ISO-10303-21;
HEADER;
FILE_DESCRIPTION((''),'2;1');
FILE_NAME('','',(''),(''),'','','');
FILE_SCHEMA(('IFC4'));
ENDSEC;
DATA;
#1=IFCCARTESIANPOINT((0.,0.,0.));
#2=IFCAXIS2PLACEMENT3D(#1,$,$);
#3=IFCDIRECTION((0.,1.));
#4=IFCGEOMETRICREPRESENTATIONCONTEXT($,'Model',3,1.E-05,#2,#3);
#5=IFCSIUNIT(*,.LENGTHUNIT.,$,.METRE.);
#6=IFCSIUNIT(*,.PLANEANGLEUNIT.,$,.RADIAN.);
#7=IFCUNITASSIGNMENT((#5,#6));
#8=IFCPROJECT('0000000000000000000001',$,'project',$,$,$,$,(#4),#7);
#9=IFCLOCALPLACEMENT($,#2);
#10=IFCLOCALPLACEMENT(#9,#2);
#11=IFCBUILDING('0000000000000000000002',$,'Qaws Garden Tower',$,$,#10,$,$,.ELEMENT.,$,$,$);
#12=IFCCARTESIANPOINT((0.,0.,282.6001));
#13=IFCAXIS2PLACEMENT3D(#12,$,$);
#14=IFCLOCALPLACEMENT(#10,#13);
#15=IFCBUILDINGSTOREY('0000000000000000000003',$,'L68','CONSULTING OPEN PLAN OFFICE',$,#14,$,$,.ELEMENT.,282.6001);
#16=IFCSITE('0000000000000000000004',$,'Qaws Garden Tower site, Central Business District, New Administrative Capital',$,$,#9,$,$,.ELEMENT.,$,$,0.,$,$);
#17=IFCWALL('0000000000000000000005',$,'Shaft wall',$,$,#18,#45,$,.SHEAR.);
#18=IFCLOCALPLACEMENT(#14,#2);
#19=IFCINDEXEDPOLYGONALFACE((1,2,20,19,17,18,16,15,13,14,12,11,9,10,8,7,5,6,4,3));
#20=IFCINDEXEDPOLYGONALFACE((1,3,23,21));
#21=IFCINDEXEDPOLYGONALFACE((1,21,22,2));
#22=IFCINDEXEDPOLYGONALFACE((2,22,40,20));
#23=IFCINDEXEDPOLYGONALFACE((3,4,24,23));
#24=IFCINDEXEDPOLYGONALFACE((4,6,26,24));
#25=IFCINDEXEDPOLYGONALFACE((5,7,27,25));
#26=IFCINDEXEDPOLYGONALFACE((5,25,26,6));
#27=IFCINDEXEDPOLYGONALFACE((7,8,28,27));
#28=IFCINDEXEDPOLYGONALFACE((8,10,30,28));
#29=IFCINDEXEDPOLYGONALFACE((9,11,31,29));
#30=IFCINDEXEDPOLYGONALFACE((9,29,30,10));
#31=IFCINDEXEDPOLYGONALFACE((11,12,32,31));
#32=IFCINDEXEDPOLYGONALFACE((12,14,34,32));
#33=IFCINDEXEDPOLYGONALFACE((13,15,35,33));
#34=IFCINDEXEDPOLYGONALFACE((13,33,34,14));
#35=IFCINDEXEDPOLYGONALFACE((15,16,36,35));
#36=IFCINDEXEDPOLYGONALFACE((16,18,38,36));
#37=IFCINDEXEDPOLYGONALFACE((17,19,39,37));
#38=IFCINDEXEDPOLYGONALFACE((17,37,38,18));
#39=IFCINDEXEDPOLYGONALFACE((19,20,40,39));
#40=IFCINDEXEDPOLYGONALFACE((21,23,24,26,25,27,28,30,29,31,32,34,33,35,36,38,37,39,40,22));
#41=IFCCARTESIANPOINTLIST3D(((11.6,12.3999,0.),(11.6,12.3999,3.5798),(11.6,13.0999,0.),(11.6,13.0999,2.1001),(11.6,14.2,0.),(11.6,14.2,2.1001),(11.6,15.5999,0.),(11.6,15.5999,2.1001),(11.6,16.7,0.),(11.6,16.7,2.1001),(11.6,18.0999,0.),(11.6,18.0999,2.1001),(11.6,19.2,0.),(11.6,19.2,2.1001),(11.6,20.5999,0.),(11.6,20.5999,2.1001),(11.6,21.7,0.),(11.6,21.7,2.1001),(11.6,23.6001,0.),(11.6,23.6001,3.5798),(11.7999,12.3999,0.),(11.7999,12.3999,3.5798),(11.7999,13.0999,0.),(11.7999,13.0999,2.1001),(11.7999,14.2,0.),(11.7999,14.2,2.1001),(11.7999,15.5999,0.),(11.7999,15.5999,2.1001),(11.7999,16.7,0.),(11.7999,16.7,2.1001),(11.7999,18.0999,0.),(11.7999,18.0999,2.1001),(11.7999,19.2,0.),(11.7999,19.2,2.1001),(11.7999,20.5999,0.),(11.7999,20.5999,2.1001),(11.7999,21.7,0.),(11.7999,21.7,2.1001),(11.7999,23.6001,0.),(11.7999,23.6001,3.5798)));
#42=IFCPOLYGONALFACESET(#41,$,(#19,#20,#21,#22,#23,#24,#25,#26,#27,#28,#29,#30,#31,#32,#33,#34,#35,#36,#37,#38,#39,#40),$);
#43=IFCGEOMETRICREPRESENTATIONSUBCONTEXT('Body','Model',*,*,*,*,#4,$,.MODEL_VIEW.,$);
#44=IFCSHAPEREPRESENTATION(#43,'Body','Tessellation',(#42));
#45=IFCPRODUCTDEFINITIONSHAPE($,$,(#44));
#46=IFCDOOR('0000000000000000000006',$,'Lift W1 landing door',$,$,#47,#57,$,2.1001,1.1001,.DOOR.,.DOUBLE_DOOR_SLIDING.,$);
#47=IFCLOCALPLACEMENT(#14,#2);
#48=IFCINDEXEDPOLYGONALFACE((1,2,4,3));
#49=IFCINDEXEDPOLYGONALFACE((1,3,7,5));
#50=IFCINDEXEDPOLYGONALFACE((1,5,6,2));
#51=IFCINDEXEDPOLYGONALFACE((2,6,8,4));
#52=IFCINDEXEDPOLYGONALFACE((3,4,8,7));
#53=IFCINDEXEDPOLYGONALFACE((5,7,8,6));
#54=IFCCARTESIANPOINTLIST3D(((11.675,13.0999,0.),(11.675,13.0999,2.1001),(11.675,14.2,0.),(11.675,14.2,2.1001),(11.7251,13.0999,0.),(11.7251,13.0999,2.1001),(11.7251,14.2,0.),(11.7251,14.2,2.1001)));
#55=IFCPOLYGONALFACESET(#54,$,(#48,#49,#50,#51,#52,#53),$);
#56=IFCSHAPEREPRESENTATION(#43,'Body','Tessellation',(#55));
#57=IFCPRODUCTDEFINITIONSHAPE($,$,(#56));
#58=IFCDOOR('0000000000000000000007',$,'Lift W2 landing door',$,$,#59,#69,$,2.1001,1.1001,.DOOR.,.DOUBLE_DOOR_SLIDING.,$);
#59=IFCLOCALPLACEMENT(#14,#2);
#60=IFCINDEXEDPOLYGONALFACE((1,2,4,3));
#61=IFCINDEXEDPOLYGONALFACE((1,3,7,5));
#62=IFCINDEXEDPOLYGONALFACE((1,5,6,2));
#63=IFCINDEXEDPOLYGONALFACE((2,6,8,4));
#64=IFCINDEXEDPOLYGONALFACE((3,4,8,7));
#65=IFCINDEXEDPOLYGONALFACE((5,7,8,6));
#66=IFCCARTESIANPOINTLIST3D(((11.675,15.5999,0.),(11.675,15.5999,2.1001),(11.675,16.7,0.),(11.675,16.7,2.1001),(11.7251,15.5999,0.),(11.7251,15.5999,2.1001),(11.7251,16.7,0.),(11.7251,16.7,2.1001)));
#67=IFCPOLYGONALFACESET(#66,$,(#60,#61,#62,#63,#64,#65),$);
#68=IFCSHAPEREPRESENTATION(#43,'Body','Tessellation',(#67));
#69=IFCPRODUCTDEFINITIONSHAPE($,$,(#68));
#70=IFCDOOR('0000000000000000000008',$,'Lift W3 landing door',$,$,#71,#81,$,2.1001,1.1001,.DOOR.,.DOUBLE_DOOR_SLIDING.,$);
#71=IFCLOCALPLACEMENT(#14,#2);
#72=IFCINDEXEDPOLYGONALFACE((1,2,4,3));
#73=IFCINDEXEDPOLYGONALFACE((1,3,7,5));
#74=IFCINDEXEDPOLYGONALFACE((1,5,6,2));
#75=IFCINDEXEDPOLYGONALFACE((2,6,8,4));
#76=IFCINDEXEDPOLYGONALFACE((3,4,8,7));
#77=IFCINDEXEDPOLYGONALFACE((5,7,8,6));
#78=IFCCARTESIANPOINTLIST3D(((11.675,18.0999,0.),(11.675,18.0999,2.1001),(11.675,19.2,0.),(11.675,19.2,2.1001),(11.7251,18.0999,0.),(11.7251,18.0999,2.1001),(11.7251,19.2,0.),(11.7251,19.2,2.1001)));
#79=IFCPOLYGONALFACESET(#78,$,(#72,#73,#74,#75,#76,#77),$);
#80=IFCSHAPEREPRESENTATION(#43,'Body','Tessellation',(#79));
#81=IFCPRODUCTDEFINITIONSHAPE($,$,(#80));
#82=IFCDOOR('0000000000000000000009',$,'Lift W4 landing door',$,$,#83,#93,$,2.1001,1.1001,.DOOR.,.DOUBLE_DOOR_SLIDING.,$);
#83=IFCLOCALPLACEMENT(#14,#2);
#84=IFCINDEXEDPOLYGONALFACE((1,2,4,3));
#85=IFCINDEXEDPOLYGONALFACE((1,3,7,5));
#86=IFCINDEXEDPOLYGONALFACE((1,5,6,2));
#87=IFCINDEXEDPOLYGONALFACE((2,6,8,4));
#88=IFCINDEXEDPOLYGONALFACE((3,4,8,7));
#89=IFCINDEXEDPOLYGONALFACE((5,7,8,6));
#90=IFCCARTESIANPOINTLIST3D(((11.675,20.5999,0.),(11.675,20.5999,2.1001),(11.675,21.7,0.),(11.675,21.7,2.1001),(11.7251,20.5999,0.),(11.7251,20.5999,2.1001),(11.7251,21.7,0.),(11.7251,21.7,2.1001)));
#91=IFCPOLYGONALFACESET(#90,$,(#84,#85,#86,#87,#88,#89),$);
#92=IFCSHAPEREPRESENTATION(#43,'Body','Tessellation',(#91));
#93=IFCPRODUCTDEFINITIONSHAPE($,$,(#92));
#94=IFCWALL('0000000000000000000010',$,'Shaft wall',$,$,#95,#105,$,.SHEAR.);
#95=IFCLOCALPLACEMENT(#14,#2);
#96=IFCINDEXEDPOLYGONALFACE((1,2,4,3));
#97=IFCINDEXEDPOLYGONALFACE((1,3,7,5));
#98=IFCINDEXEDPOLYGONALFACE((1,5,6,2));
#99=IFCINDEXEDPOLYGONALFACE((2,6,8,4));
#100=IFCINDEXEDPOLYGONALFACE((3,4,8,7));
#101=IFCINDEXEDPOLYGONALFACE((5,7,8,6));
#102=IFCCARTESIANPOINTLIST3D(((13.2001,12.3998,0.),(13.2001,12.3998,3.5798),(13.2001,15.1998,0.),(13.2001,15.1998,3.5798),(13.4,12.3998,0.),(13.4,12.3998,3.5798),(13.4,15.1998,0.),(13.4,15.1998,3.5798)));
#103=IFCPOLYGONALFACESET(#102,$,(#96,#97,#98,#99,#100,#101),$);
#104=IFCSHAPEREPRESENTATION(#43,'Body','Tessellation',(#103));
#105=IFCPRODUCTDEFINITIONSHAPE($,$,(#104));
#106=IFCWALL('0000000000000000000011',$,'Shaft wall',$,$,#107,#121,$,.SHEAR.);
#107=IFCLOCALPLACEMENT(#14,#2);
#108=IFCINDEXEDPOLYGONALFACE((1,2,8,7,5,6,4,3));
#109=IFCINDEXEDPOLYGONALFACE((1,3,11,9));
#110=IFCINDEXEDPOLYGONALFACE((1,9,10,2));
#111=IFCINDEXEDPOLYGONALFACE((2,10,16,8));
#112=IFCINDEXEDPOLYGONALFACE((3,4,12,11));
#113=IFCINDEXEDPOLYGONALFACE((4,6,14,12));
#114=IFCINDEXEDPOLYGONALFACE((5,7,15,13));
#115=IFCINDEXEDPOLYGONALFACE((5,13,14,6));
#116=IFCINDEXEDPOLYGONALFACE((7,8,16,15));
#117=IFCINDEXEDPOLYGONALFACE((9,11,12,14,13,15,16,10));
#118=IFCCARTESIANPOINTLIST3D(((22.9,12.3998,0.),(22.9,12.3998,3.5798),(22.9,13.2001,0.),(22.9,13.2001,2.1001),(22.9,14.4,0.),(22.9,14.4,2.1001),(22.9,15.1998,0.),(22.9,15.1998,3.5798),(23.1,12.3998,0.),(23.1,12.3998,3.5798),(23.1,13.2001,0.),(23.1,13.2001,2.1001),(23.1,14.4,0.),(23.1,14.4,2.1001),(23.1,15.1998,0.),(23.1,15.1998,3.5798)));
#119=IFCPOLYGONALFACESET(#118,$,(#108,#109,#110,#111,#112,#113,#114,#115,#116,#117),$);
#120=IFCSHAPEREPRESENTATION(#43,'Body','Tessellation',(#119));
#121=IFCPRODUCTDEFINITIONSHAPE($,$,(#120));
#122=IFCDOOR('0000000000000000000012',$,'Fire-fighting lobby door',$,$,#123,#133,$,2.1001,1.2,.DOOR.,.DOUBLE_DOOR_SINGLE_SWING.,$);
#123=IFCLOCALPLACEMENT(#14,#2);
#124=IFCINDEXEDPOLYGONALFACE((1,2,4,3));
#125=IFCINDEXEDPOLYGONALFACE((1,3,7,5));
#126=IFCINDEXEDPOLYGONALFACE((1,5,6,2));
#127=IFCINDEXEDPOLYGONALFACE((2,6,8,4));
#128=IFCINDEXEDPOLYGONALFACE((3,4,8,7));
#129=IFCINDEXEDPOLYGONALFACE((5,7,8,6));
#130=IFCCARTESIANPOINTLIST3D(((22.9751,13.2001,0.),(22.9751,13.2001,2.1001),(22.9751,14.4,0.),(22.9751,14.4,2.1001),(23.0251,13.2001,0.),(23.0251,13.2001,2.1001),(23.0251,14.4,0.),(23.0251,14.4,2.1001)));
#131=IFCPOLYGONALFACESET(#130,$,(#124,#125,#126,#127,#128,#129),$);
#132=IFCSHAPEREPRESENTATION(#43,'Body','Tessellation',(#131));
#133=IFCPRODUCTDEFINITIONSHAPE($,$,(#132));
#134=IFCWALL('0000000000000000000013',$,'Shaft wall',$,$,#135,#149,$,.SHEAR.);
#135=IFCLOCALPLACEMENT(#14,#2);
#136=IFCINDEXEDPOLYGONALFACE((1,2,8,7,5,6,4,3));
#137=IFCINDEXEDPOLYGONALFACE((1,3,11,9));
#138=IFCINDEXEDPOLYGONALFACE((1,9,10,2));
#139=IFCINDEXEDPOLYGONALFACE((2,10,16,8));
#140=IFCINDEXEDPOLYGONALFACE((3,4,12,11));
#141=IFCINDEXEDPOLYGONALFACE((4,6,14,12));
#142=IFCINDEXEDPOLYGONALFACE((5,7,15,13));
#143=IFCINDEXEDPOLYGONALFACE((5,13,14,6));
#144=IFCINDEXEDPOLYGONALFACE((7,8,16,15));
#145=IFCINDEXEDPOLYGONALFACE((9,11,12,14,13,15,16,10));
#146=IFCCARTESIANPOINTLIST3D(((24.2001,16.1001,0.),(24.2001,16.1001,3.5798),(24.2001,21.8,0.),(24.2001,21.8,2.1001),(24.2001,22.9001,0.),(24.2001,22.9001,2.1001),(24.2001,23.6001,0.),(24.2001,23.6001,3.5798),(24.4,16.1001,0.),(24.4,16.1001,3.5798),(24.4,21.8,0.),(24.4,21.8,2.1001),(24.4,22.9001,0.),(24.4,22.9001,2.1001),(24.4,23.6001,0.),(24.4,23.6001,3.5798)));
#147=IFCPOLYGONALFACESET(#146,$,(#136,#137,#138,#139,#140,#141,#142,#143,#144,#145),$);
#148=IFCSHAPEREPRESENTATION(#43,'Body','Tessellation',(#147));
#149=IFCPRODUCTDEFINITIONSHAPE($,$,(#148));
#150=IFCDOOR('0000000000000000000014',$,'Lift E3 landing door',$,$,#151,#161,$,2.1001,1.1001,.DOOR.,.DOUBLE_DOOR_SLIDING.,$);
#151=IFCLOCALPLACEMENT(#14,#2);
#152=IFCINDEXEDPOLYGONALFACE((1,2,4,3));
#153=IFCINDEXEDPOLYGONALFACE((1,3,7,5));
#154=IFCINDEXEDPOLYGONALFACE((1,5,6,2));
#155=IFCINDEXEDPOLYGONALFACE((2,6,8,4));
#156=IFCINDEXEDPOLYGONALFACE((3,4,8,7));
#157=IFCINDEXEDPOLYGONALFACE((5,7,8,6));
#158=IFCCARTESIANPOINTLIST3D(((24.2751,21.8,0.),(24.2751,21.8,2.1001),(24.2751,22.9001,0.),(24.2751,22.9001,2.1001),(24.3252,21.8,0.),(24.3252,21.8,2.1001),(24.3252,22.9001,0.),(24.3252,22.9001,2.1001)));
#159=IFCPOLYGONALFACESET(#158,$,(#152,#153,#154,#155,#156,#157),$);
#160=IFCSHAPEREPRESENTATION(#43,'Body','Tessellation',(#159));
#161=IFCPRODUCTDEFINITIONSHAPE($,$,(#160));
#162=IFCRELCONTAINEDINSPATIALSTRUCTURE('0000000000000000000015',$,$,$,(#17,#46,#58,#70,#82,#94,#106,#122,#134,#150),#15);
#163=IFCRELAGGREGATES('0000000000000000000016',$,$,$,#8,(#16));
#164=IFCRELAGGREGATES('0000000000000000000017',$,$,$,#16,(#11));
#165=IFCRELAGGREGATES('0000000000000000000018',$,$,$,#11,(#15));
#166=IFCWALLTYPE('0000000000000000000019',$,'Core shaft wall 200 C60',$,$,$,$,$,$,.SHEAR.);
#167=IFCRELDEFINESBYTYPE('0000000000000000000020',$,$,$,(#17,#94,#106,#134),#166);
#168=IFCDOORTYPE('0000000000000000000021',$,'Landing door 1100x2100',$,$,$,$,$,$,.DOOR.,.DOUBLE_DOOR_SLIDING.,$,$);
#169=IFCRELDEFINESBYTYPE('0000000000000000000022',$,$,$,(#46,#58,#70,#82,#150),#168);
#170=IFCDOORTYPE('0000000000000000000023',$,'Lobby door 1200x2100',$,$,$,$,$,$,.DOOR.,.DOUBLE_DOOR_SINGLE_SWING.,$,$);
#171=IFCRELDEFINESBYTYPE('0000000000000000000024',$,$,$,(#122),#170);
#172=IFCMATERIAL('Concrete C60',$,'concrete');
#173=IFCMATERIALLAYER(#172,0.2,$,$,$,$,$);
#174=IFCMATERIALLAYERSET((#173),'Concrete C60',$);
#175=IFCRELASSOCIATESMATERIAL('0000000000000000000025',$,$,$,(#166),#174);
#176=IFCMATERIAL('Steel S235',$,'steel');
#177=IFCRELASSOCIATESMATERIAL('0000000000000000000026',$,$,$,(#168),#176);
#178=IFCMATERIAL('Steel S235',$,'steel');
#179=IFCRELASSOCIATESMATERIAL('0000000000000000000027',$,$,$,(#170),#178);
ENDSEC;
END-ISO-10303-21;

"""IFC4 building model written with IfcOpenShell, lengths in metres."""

from ifc_helpers import new_model, si_unit, direction, frame, frame_2d, origin, place, context, subcontext, project, spatial, rectangle, extrude, material, layer, layer_set, type_object, element, fill, save


model = new_model("IFC4")

# Units and contexts
model_context = context("Model", 3, precision=1e-05, world=origin(), true_north=direction((0.0, 1.0)))
body_context = subcontext(model_context, "Body", "Model", "MODEL_VIEW")
ifc_project = project(units=[si_unit("LENGTHUNIT", "METRE"), si_unit("PLANEANGLEUNIT", "RADIAN")], contexts=[model_context])

# Site, building, storey
site_placement = place(None, origin())
site = spatial("IfcSite", under=ifc_project, at=site_placement, Name="Qaws Garden Tower site, Central Business District, New Administrative Capital", CompositionType="ELEMENT", RefElevation=0.0)
building_placement = place(site_placement, origin())
building = spatial("IfcBuilding", under=site, at=building_placement, Name="Qaws Garden Tower", CompositionType="ELEMENT")
storey_placement = place(building_placement, frame((0.0, 0.0, 282.6001)))
storey = spatial("IfcBuildingStorey", under=building, at=storey_placement, Name="L68", Description="CONSULTING OPEN PLAN OFFICE", CompositionType="ELEMENT", Elevation=282.6001)

# Shared definitions
ifc_material_1 = material(Name="Concrete C60", Category="concrete")
ifc_layer_1 = layer(ifc_material_1, 0.2)
ifc_layer_set_1 = layer_set([ifc_layer_1], Name="Concrete C60")
wall_type_1 = type_object("IfcWallType", Name="Core shaft wall 200 C60", PredefinedType="SHEAR", material=ifc_layer_set_1)
ifc_material_2 = material(Name="Steel S235", Category="steel")
door_type_1 = type_object("IfcDoorType", Name="Landing door 1100x2100", OperationType="DOUBLE_DOOR_SLIDING", PredefinedType="DOOR", material=ifc_material_2)

# Wall, openings, doors
wall_1_placement = place(storey_placement, frame((11.7, 12.3999, 0.0), z_axis=(0.0, 0.0, 1.0), x_axis=(0.0, 1.0, 0.0)))
wall_1 = element("IfcWall", 1, at=wall_1_placement, inside=storey, type_object=wall_type_1, Name="Shaft wall", PredefinedType="SHEAR", context=body_context, shape_type="SweptSolid", body=[
    extrude(rectangle(XDim=11.2002, YDim=0.2, at=frame_2d((5.6001, 0.0))), origin(), (0.0, 0.0, 1.0), 3.5798),
])
opening_1_placement = place(wall_1_placement, frame((0.7, 0.0, 0.0)))
opening_1 = element("IfcOpeningElement", 2, at=opening_1_placement, cuts=wall_1, PredefinedType="OPENING", context=body_context, shape_type="SweptSolid", body=[
    extrude(rectangle(XDim=1.1001, YDim=2.1001, at=frame_2d((0.55, 1.05))), frame((0.0, 0.1099, 0.0), z_axis=(0.0, -1.0, 0.0), x_axis=(1.0, 0.0, 0.0)), (0.0, 0.0, 1.0), 0.22),
])
opening_2_placement = place(wall_1_placement, frame((3.2, 0.0, 0.0)))
opening_2 = element("IfcOpeningElement", 3, at=opening_2_placement, cuts=wall_1, PredefinedType="OPENING", context=body_context, shape_type="SweptSolid", body=[
    extrude(rectangle(XDim=1.1001, YDim=2.1001, at=frame_2d((0.55, 1.05))), frame((0.0, 0.1099, 0.0), z_axis=(0.0, -1.0, 0.0), x_axis=(1.0, 0.0, 0.0)), (0.0, 0.0, 1.0), 0.22),
])
opening_3_placement = place(wall_1_placement, frame((5.7, 0.0, 0.0)))
opening_3 = element("IfcOpeningElement", 4, at=opening_3_placement, cuts=wall_1, PredefinedType="OPENING", context=body_context, shape_type="SweptSolid", body=[
    extrude(rectangle(XDim=1.1001, YDim=2.1001, at=frame_2d((0.55, 1.05))), frame((0.0, 0.1099, 0.0), z_axis=(0.0, -1.0, 0.0), x_axis=(1.0, 0.0, 0.0)), (0.0, 0.0, 1.0), 0.22),
])
opening_4_placement = place(wall_1_placement, frame((8.2, 0.0, 0.0)))
opening_4 = element("IfcOpeningElement", 5, at=opening_4_placement, cuts=wall_1, PredefinedType="OPENING", context=body_context, shape_type="SweptSolid", body=[
    extrude(rectangle(XDim=1.1001, YDim=2.1001, at=frame_2d((0.55, 1.05))), frame((0.0, 0.1099, 0.0), z_axis=(0.0, -1.0, 0.0), x_axis=(1.0, 0.0, 0.0)), (0.0, 0.0, 1.0), 0.22),
])
door_1_placement = place(opening_1_placement, origin())
door_1 = element("IfcDoor", 6, at=door_1_placement, inside=storey, type_object=door_type_1, Name="Lift W1 landing door", OperationType="DOUBLE_DOOR_SLIDING", OverallHeight=2.1001, OverallWidth=1.1001, PredefinedType="DOOR", context=body_context, shape_type="SweptSolid", body=[
    extrude(rectangle(XDim=1.1001, YDim=2.1001, at=frame_2d((0.55, 1.05))), frame((0.0, 0.0249, 0.0), z_axis=(0.0, -1.0, 0.0), x_axis=(1.0, 0.0, 0.0)), (0.0, 0.0, 1.0), 0.05),
])
fill(opening_1, door_1)
door_2_placement = place(opening_2_placement, origin())
door_2 = element("IfcDoor", 7, at=door_2_placement, inside=storey, type_object=door_type_1, Name="Lift W2 landing door", OperationType="DOUBLE_DOOR_SLIDING", OverallHeight=2.1001, OverallWidth=1.1001, PredefinedType="DOOR", context=body_context, shape_type="SweptSolid", body=[
    extrude(rectangle(XDim=1.1001, YDim=2.1001, at=frame_2d((0.55, 1.05))), frame((0.0, 0.0249, 0.0), z_axis=(0.0, -1.0, 0.0), x_axis=(1.0, 0.0, 0.0)), (0.0, 0.0, 1.0), 0.05),
])
fill(opening_2, door_2)
door_3_placement = place(opening_3_placement, origin())
door_3 = element("IfcDoor", 8, at=door_3_placement, inside=storey, type_object=door_type_1, Name="Lift W3 landing door", OperationType="DOUBLE_DOOR_SLIDING", OverallHeight=2.1001, OverallWidth=1.1001, PredefinedType="DOOR", context=body_context, shape_type="SweptSolid", body=[
    extrude(rectangle(XDim=1.1001, YDim=2.1001, at=frame_2d((0.55, 1.05))), frame((0.0, 0.0249, 0.0), z_axis=(0.0, -1.0, 0.0), x_axis=(1.0, 0.0, 0.0)), (0.0, 0.0, 1.0), 0.05),
])
fill(opening_3, door_3)
door_4_placement = place(opening_4_placement, origin())
door_4 = element("IfcDoor", 9, at=door_4_placement, inside=storey, type_object=door_type_1, Name="Lift W4 landing door", OperationType="DOUBLE_DOOR_SLIDING", OverallHeight=2.1001, OverallWidth=1.1001, PredefinedType="DOOR", context=body_context, shape_type="SweptSolid", body=[
    extrude(rectangle(XDim=1.1001, YDim=2.1001, at=frame_2d((0.55, 1.05))), frame((0.0, 0.0249, 0.0), z_axis=(0.0, -1.0, 0.0), x_axis=(1.0, 0.0, 0.0)), (0.0, 0.0, 1.0), 0.05),
])
fill(opening_4, door_4)

# Wall
wall_2_placement = place(storey_placement, frame((13.3, 12.3999, 0.0), z_axis=(0.0, 0.0, 1.0), x_axis=(0.0, 1.0, 0.0)))
element("IfcWall", 10, at=wall_2_placement, inside=storey, type_object=wall_type_1, Name="Shaft wall", PredefinedType="SHEAR", context=body_context, shape_type="SweptSolid", body=[
    extrude(rectangle(XDim=2.8, YDim=0.2, at=frame_2d((1.3999, 0.0))), origin(), (0.0, 0.0, 1.0), 3.5798),
])

# Walls, openings, doors
wall_3_placement = place(storey_placement, frame((23.0, 12.3999, 0.0), z_axis=(0.0, 0.0, 1.0), x_axis=(0.0, 1.0, 0.0)))
wall_3 = element("IfcWall", 11, at=wall_3_placement, inside=storey, type_object=wall_type_1, Name="Shaft wall", PredefinedType="SHEAR", context=body_context, shape_type="SweptSolid", body=[
    extrude(rectangle(XDim=2.8, YDim=0.2, at=frame_2d((1.3999, 0.0))), origin(), (0.0, 0.0, 1.0), 3.5798),
])
opening_5_placement = place(wall_3_placement, frame((0.8, 0.0, 0.0)))
opening_5 = element("IfcOpeningElement", 12, at=opening_5_placement, cuts=wall_3, PredefinedType="OPENING", context=body_context, shape_type="SweptSolid", body=[
    extrude(rectangle(XDim=1.2, YDim=2.1001, at=frame_2d((0.6001, 1.05))), frame((0.0, 0.1099, 0.0), z_axis=(0.0, -1.0, 0.0), x_axis=(1.0, 0.0, 0.0)), (0.0, 0.0, 1.0), 0.22),
])
ifc_material_3 = material(Name="Steel S235", Category="steel")
door_type_2 = type_object("IfcDoorType", Name="Lobby door 1200x2100", OperationType="DOUBLE_DOOR_SINGLE_SWING", PredefinedType="DOOR", material=ifc_material_3)
door_5_placement = place(opening_5_placement, origin())
door_5 = element("IfcDoor", 13, at=door_5_placement, inside=storey, type_object=door_type_2, Name="Fire-fighting lobby door", OperationType="DOUBLE_DOOR_SINGLE_SWING", OverallHeight=2.1001, OverallWidth=1.2, PredefinedType="DOOR", context=body_context, shape_type="SweptSolid", body=[
    extrude(rectangle(XDim=1.2, YDim=2.1001, at=frame_2d((0.6001, 1.05))), frame((0.0, 0.0249, 0.0), z_axis=(0.0, -1.0, 0.0), x_axis=(1.0, 0.0, 0.0)), (0.0, 0.0, 1.0), 0.05),
])
fill(opening_5, door_5)
wall_4_placement = place(storey_placement, frame((24.3, 16.1001, 0.0), z_axis=(0.0, 0.0, 1.0), x_axis=(0.0, 1.0, 0.0)))
wall_4 = element("IfcWall", 14, at=wall_4_placement, inside=storey, type_object=wall_type_1, Name="Shaft wall", PredefinedType="SHEAR", context=body_context, shape_type="SweptSolid", body=[
    extrude(rectangle(XDim=7.5, YDim=0.2, at=frame_2d((3.75, 0.0))), origin(), (0.0, 0.0, 1.0), 3.5798),
])
opening_6_placement = place(wall_4_placement, frame((5.7, 0.0, 0.0)))
opening_6 = element("IfcOpeningElement", 15, at=opening_6_placement, cuts=wall_4, PredefinedType="OPENING", context=body_context, shape_type="SweptSolid", body=[
    extrude(rectangle(XDim=1.1001, YDim=2.1001, at=frame_2d((0.55, 1.05))), frame((0.0, 0.1099, 0.0), z_axis=(0.0, -1.0, 0.0), x_axis=(1.0, 0.0, 0.0)), (0.0, 0.0, 1.0), 0.22),
])
door_6_placement = place(opening_6_placement, origin())
door_6 = element("IfcDoor", 16, at=door_6_placement, inside=storey, type_object=door_type_1, Name="Lift E3 landing door", OperationType="DOUBLE_DOOR_SLIDING", OverallHeight=2.1001, OverallWidth=1.1001, PredefinedType="DOOR", context=body_context, shape_type="SweptSolid", body=[
    extrude(rectangle(XDim=1.1001, YDim=2.1001, at=frame_2d((0.55, 1.05))), frame((0.0, 0.0249, 0.0), z_axis=(0.0, -1.0, 0.0), x_axis=(1.0, 0.0, 0.0)), (0.0, 0.0, 1.0), 0.05),
])
fill(opening_6, door_6)

save(model, "model.ifc")
